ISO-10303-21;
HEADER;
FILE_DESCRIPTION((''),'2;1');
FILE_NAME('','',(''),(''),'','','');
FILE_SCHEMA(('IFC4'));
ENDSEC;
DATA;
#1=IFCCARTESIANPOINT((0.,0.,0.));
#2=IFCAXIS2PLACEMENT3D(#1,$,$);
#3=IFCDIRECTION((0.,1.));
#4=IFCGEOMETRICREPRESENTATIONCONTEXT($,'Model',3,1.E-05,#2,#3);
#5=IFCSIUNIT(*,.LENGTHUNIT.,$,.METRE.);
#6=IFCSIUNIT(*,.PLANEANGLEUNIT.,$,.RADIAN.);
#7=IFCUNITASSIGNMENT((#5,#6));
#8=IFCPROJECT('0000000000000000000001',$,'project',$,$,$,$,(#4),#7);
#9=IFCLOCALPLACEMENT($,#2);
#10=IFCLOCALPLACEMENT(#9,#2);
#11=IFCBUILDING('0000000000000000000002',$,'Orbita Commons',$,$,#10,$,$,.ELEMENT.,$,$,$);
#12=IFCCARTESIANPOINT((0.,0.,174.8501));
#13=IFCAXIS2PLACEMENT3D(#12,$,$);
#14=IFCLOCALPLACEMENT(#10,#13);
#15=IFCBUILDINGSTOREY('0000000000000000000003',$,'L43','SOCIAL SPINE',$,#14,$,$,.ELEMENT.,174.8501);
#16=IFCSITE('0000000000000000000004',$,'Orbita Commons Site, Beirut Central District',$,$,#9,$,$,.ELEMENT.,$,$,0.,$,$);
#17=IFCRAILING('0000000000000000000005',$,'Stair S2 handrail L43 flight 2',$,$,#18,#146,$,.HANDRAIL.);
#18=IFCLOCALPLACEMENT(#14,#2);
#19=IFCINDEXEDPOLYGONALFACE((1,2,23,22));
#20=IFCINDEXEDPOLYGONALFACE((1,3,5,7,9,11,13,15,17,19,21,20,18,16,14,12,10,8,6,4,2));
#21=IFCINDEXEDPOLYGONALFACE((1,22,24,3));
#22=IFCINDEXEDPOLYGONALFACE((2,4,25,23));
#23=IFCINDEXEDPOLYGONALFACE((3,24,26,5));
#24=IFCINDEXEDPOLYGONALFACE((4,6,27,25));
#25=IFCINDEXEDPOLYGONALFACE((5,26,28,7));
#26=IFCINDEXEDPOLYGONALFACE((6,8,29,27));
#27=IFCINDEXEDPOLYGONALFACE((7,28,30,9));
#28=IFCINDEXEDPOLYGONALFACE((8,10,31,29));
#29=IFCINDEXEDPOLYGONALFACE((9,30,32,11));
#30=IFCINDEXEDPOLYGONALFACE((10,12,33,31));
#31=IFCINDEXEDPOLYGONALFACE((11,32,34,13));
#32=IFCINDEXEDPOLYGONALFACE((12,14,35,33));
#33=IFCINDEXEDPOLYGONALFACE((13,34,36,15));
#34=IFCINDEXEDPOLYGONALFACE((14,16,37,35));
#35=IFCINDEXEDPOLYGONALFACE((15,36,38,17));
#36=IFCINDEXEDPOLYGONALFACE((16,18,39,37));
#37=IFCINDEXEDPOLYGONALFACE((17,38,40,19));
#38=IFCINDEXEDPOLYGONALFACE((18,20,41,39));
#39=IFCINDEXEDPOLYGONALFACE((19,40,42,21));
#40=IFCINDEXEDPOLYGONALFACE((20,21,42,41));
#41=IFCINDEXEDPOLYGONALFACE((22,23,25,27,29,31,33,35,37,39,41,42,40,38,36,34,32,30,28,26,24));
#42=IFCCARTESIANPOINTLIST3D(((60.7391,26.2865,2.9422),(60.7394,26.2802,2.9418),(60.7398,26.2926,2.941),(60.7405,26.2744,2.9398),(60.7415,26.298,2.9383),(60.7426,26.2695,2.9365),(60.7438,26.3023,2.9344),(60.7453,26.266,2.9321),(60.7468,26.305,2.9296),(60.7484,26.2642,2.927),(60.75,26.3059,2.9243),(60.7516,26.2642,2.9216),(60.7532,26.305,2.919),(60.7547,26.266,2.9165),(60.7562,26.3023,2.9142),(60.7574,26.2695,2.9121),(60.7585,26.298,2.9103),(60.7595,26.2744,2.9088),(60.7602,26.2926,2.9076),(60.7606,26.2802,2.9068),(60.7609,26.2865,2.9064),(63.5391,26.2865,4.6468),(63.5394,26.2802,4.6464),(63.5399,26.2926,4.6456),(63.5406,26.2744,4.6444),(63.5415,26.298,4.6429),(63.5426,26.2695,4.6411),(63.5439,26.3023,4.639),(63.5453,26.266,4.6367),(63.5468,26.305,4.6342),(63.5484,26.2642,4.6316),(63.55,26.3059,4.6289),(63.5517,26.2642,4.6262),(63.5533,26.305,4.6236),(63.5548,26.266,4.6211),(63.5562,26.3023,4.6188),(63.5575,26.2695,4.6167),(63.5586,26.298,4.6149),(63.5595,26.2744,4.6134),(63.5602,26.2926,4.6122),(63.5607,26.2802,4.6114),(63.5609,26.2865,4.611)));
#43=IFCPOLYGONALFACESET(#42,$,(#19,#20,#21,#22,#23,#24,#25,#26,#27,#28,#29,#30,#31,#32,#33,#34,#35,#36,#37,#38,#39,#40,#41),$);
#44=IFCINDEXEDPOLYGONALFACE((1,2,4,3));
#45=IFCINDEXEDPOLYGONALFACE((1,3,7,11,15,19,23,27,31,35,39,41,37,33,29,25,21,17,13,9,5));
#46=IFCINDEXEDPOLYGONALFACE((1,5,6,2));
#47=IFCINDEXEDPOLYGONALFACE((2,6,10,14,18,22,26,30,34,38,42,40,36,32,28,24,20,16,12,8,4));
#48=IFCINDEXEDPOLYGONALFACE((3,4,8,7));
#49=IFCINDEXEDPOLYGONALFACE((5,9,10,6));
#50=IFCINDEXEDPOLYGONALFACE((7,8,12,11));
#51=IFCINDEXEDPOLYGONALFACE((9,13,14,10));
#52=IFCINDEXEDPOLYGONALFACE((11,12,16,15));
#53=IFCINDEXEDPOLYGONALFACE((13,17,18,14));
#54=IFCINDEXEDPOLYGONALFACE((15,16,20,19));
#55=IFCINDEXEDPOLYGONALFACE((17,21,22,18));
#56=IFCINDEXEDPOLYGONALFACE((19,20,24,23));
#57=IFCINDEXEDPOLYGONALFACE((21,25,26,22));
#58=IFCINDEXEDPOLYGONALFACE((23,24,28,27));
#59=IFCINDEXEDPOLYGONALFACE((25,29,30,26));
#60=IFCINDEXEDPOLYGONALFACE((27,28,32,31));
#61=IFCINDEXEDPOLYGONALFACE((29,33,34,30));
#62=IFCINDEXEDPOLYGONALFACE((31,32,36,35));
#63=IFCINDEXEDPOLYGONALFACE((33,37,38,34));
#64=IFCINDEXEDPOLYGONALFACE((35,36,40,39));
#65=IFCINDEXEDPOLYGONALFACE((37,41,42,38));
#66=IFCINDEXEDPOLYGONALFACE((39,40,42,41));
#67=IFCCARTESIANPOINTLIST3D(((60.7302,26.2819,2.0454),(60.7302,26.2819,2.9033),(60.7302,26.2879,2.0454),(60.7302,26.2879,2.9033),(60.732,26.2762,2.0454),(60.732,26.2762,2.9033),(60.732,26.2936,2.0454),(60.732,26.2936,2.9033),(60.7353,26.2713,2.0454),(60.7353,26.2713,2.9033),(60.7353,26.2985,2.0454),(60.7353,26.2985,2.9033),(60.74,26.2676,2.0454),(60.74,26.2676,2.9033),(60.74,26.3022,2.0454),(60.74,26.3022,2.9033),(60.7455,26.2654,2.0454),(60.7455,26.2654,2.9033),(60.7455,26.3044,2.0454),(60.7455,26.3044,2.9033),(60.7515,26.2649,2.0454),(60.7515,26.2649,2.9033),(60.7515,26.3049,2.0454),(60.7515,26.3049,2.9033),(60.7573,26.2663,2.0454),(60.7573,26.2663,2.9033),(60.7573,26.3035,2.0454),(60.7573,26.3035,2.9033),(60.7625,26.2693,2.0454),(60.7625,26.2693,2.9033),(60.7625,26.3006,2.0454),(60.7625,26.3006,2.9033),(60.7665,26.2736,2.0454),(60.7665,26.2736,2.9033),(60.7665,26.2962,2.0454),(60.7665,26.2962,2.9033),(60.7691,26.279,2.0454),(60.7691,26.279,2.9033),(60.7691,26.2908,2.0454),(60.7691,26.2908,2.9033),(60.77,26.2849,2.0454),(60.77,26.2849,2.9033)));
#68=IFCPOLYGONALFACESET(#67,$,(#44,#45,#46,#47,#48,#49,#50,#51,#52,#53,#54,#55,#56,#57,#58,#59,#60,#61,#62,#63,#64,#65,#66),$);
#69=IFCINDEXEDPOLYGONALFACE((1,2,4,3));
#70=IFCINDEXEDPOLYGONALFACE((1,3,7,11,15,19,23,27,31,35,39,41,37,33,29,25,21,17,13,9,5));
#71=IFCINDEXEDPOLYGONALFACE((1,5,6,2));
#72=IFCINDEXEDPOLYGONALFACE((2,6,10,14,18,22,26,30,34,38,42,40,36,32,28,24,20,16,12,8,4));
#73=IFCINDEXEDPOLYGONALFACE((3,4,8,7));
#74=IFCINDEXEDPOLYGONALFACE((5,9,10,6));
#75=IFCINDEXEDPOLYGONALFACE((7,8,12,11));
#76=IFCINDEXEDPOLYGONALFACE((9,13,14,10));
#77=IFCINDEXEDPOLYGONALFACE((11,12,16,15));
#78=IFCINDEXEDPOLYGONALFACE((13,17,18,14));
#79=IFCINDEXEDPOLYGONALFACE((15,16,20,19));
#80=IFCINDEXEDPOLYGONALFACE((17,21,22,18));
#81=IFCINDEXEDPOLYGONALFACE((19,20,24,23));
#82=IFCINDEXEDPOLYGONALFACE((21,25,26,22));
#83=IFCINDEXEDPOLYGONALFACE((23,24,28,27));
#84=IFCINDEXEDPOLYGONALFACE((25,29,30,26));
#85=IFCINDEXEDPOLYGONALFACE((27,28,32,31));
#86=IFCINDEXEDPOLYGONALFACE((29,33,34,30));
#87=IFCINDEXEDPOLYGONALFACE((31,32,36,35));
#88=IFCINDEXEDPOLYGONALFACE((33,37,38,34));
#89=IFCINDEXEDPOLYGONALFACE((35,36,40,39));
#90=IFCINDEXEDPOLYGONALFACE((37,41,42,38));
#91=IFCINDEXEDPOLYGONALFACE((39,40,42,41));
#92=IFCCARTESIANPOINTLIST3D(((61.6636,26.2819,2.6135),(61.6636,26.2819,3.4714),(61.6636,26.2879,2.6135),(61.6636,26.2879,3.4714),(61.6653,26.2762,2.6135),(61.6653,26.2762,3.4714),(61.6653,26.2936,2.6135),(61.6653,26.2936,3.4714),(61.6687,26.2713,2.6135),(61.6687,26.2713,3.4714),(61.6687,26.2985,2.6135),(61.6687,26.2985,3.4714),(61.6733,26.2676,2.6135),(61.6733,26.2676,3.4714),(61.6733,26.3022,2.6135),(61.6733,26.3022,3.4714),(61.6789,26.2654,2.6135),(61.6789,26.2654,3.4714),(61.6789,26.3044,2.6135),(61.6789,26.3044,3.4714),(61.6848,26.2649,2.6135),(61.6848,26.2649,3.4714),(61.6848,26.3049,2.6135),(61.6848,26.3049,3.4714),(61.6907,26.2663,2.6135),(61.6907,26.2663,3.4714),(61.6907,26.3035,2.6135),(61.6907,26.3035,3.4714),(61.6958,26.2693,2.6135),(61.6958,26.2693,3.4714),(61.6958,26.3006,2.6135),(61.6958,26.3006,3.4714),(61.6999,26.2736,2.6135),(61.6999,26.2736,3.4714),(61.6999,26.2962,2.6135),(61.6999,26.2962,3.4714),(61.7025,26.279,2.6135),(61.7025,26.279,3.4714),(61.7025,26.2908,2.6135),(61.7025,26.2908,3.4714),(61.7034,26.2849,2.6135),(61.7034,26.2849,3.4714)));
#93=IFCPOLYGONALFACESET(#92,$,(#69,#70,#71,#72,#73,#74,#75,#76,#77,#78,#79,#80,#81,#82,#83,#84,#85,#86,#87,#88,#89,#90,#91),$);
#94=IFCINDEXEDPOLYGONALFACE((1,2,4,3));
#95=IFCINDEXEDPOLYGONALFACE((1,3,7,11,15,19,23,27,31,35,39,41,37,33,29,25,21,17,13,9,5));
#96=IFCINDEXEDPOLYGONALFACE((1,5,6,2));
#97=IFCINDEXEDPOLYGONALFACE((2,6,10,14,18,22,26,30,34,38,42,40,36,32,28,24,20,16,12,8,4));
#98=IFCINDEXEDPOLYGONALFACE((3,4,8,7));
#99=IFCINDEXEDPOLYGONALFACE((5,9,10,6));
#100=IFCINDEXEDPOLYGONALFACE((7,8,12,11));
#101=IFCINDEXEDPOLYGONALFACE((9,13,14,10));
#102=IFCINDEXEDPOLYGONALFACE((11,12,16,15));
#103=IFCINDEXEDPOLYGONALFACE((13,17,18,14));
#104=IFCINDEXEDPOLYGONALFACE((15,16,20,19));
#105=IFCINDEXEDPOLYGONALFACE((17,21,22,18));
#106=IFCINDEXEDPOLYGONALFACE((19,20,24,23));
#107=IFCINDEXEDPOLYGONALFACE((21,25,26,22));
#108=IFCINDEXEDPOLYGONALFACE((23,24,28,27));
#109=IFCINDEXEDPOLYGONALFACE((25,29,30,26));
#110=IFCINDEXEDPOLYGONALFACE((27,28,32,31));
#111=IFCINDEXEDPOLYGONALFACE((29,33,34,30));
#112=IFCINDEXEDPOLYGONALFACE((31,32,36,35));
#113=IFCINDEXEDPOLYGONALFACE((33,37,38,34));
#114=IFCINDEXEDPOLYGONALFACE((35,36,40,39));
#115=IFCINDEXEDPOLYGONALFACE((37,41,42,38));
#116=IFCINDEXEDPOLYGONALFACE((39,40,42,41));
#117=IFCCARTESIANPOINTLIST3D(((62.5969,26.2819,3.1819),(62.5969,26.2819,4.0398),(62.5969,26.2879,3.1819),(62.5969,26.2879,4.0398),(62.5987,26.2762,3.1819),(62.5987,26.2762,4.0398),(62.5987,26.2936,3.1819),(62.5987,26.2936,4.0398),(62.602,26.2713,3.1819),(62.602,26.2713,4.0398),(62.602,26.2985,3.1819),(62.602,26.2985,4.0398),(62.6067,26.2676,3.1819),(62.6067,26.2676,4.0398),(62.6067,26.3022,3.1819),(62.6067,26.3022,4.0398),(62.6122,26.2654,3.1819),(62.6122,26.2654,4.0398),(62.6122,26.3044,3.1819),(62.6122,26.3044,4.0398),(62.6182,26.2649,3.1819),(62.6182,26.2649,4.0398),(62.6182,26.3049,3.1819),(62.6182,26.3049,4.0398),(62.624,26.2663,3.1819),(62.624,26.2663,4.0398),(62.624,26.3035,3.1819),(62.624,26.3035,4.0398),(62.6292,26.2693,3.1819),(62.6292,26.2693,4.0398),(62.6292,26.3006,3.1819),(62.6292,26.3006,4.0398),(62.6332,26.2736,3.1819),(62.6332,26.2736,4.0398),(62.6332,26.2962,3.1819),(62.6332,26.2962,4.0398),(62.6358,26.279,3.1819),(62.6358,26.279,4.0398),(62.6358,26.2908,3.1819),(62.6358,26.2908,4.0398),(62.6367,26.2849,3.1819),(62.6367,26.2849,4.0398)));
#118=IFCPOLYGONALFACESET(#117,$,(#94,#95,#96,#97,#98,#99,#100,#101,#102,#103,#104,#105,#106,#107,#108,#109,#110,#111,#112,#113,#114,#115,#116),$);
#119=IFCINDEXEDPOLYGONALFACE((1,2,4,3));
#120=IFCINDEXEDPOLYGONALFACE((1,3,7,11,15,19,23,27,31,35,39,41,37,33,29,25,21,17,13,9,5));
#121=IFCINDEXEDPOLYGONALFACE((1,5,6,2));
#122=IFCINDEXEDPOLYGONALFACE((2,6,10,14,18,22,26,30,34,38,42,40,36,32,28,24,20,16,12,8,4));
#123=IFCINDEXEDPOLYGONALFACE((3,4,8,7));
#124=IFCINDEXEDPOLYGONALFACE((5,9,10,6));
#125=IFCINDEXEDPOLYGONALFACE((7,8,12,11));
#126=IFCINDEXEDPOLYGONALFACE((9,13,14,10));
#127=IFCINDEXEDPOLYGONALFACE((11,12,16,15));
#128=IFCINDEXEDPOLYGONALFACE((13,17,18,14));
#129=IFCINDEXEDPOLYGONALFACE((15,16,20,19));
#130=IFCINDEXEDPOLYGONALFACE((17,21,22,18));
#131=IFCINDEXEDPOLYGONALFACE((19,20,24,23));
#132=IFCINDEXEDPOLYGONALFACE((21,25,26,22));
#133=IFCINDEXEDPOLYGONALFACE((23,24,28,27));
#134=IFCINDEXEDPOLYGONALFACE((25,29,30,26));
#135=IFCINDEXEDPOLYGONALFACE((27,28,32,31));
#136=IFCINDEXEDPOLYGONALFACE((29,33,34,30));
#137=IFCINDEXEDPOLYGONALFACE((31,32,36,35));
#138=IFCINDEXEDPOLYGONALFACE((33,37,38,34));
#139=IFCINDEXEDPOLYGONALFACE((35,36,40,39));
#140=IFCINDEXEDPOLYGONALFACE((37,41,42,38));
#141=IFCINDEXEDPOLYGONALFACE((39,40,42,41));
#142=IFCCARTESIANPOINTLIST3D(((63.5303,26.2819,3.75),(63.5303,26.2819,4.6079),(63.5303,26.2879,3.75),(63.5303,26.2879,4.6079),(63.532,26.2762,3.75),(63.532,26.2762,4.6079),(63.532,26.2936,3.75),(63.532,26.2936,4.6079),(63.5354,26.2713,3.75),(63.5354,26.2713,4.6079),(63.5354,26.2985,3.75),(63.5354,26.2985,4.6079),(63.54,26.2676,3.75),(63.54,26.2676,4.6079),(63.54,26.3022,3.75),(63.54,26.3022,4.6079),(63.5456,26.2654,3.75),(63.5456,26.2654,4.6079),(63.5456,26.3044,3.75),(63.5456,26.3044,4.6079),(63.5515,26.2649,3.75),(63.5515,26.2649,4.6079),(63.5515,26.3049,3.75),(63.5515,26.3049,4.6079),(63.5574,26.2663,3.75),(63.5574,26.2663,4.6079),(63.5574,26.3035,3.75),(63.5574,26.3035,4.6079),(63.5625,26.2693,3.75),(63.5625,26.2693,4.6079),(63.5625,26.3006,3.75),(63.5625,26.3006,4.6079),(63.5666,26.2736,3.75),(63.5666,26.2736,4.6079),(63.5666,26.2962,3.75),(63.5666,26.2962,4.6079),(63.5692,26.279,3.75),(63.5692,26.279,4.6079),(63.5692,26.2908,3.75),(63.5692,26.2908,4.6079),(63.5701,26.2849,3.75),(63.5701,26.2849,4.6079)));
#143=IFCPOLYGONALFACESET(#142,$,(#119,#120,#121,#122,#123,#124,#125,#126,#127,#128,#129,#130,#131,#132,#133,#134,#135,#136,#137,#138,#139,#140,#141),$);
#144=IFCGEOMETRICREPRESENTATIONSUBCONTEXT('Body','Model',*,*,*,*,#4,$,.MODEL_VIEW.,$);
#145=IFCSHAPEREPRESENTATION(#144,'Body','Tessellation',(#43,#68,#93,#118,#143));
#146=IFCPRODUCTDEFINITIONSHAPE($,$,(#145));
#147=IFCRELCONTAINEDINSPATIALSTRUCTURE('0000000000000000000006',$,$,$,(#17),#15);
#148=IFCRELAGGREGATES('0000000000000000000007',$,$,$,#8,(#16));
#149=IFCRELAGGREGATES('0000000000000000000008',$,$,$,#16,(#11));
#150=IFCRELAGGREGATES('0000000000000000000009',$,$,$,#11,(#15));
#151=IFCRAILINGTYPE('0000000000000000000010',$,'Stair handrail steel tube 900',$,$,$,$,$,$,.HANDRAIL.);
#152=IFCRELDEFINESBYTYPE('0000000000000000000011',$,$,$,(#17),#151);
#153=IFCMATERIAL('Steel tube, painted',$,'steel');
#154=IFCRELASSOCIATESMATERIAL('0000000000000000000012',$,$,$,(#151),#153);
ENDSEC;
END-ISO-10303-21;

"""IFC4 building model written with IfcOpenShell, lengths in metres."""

from ifc_helpers import new_model, si_unit, direction, frame, origin, origin_2d, place, context, subcontext, project, spatial, circle, extrude, material, type_object, element, save


model = new_model("IFC4")

# Units and contexts
model_context = context("Model", 3, precision=1e-05, world=origin(), true_north=direction((0.0, 1.0)))
body_context = subcontext(model_context, "Body", "Model", "MODEL_VIEW")
ifc_project = project(units=[si_unit("LENGTHUNIT", "METRE"), si_unit("PLANEANGLEUNIT", "RADIAN")], contexts=[model_context])

# Site, building, storey
site_placement = place(None, origin())
site = spatial("IfcSite", under=ifc_project, at=site_placement, Name="Orbita Commons Site, Beirut Central District", CompositionType="ELEMENT", RefElevation=0.0)
building_placement = place(site_placement, origin())
building = spatial("IfcBuilding", under=site, at=building_placement, Name="Orbita Commons", CompositionType="ELEMENT")
storey_placement = place(building_placement, frame((0.0, 0.0, 174.8501)))
storey = spatial("IfcBuildingStorey", under=building, at=storey_placement, Name="L43", Description="SOCIAL SPINE", CompositionType="ELEMENT", Elevation=174.8501)

# Railing
ifc_material_1 = material(Name="Steel tube, painted", Category="steel")
railing_type = type_object("IfcRailingType", Name="Stair handrail steel tube 900", PredefinedType="HANDRAIL", material=ifc_material_1)
for number, where, name in (
    (1, (60.75, 26.2849, 2.0454), "Stair S2 handrail L43 flight 2"),
):
    element("IfcRailing", number, at=place(storey_placement, frame(where)), inside=storey, type_object=railing_type, Name=name, PredefinedType="HANDRAIL", context=body_context, shape_type="SweptSolid", body=[
        extrude(circle(Radius=0.021, at=origin_2d()), frame((0.0, 0.0, 0.8789), z_axis=(0.85417, 0.0, 0.519994), x_axis=(0.0, 1.0, 0.0)), (0.0, 0.0, 1.0), 3.2781),
        extrude(circle(Radius=0.02, at=origin_2d()), origin(), (0.0, 0.0, 1.0), 0.8579),
        extrude(circle(Radius=0.02, at=origin_2d()), frame((0.9333, 0.0, 0.5681)), (0.0, 0.0, 1.0), 0.8579),
        extrude(circle(Radius=0.02, at=origin_2d()), frame((1.8667, 0.0, 1.1365)), (0.0, 0.0, 1.0), 0.8579),
        extrude(circle(Radius=0.02, at=origin_2d()), frame((2.8, 0.0, 1.7046)), (0.0, 0.0, 1.0), 0.8579),
    ])

save(model, "model.ifc")
